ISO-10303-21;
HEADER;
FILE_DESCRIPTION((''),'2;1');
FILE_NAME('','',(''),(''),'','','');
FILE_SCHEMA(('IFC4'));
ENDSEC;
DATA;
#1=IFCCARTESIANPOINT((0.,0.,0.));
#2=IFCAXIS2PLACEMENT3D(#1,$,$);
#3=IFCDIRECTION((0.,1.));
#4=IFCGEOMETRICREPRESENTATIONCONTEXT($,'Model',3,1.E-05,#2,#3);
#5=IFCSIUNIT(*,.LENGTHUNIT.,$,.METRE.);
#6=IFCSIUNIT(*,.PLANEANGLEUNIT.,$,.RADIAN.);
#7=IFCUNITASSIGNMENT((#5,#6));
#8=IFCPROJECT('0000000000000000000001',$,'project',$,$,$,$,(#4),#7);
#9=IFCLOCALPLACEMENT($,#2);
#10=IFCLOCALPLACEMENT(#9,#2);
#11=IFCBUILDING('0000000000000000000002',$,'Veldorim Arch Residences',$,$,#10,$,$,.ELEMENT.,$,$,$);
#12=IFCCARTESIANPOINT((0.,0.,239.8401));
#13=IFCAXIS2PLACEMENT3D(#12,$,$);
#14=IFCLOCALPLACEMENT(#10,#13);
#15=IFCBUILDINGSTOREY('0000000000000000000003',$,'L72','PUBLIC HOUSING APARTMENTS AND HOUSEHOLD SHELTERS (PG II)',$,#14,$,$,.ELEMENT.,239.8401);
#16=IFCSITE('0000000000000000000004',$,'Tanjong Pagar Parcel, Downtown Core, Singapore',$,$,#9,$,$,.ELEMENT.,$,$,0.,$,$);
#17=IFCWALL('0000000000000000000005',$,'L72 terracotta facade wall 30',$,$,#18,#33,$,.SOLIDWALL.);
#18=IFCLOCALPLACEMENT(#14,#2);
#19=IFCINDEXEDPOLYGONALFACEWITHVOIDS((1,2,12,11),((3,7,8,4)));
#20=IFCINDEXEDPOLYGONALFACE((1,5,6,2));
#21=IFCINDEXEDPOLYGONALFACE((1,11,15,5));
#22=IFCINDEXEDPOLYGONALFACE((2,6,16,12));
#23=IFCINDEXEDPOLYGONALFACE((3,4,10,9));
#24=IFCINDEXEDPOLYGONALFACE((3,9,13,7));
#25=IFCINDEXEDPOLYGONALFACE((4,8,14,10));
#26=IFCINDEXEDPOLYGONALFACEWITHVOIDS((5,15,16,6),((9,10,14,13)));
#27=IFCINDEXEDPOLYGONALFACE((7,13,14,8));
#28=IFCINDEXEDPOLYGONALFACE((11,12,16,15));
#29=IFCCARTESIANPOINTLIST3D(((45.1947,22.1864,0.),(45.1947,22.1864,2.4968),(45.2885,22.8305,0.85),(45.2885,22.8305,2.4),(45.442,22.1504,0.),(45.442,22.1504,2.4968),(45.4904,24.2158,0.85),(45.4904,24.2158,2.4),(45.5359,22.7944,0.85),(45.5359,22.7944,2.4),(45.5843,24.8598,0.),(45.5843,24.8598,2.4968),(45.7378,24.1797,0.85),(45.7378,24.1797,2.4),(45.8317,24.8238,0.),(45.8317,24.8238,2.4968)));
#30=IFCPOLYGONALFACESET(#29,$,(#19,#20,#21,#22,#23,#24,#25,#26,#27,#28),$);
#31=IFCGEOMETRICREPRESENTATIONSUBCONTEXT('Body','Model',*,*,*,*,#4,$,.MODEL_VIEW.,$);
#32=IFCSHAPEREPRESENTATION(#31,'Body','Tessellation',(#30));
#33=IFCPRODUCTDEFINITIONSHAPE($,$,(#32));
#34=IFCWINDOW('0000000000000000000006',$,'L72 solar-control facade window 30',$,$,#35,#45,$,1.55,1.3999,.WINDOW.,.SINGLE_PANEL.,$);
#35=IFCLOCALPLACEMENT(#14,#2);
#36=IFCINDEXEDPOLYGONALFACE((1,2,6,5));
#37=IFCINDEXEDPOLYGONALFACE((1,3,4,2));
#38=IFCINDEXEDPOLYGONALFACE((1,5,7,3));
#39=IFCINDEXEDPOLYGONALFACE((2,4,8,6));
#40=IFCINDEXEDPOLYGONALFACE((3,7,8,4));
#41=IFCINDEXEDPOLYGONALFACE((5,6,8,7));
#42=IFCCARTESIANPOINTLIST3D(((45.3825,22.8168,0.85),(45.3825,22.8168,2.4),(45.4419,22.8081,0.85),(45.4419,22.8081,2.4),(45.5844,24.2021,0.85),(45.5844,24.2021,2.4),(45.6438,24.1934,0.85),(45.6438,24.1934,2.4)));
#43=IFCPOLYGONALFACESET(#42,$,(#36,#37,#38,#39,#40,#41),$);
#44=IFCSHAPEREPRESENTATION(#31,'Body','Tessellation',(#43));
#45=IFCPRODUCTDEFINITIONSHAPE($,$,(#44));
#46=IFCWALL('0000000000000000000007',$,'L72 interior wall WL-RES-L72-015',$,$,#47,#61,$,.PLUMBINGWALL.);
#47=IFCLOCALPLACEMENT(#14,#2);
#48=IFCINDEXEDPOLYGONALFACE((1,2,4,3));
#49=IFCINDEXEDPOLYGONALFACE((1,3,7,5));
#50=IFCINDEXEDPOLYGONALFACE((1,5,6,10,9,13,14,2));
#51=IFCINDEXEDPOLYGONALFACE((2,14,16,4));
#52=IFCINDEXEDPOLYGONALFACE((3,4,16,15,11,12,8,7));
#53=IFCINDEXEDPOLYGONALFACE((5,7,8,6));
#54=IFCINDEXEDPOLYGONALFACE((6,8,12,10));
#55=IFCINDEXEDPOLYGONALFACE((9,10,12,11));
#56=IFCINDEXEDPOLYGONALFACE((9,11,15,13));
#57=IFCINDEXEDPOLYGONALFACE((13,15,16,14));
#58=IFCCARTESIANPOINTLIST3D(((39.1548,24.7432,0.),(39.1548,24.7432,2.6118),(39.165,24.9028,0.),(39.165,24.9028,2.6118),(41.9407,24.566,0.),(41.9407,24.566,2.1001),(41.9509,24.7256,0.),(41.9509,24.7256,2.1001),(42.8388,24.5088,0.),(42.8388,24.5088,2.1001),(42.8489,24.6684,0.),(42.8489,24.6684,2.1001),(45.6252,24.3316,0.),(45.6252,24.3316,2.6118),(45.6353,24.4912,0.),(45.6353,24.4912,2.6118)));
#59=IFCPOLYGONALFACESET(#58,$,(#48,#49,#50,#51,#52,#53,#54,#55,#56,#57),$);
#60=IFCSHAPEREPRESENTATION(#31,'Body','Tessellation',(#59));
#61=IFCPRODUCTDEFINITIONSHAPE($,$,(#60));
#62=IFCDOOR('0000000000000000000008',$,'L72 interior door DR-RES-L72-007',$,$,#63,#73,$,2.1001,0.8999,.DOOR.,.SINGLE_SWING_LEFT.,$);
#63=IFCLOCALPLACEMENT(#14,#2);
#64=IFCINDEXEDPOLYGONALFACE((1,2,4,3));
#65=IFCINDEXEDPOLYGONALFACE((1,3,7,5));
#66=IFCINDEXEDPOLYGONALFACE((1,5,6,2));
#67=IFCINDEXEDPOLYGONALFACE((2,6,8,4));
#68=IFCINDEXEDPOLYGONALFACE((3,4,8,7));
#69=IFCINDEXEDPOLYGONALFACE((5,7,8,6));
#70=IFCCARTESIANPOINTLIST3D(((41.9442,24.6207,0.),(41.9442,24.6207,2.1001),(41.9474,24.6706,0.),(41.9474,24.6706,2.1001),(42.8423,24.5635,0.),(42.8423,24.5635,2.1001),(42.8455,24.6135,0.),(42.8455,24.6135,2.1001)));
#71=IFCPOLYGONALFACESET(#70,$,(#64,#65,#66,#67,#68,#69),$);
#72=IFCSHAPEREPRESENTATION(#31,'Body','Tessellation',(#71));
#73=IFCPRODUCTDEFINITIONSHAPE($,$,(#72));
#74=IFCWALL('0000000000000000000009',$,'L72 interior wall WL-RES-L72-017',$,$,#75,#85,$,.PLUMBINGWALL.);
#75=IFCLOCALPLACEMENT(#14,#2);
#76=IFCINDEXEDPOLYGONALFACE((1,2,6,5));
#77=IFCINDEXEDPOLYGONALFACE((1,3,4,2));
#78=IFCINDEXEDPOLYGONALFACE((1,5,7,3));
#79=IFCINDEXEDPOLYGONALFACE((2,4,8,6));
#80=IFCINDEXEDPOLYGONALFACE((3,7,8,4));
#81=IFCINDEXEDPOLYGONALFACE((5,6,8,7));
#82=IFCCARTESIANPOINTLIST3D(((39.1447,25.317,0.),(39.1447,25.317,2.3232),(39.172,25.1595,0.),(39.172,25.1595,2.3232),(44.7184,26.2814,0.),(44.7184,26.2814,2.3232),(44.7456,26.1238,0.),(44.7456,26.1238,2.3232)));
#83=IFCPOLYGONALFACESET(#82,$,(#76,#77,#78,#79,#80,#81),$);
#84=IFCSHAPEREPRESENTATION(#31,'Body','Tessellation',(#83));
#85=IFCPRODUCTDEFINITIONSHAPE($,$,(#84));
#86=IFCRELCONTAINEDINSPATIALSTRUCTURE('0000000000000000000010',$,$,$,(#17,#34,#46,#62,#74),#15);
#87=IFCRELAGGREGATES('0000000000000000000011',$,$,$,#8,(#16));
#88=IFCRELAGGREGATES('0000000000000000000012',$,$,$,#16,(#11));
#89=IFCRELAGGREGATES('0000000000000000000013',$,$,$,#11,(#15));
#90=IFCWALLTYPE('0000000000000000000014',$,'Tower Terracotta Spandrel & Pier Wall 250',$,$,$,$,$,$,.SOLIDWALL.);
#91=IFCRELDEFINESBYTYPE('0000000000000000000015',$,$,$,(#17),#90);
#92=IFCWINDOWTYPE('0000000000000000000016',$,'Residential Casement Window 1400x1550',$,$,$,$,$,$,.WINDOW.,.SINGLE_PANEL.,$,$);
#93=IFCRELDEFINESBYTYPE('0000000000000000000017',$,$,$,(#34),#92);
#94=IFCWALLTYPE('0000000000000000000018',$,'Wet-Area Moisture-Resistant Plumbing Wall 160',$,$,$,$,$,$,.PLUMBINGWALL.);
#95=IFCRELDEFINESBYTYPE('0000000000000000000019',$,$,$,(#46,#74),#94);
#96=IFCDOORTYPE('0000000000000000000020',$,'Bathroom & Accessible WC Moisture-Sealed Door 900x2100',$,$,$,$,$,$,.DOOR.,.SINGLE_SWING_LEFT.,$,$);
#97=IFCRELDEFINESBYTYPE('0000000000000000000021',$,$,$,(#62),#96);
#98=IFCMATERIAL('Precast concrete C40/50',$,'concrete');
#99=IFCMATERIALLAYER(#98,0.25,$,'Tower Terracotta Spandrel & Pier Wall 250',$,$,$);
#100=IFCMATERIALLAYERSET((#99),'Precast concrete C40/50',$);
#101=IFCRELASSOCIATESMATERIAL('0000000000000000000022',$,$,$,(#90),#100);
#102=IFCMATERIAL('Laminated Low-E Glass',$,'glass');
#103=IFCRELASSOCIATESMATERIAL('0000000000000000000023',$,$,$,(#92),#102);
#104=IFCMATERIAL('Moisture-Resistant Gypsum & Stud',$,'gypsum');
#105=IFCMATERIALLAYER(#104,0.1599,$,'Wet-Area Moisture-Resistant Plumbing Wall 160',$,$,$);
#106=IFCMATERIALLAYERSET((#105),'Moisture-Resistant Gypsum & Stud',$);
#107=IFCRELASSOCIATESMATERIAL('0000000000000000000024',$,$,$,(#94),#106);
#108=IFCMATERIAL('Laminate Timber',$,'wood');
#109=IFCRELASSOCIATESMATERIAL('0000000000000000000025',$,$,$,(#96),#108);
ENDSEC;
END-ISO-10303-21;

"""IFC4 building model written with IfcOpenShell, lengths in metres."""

from ifc_helpers import new_model, si_unit, direction, frame, frame_2d, origin, place, context, subcontext, project, spatial, rectangle, extrude, material, layer, layer_set, type_object, element, fill, save


model = new_model("IFC4")

# Units and contexts
model_context = context("Model", 3, precision=1e-05, world=origin(), true_north=direction((0.0, 1.0)))
body_context = subcontext(model_context, "Body", "Model", "MODEL_VIEW")
ifc_project = project(units=[si_unit("LENGTHUNIT", "METRE"), si_unit("PLANEANGLEUNIT", "RADIAN")], contexts=[model_context])

# Site, building, storey
site_placement = place(None, origin())
site = spatial("IfcSite", under=ifc_project, at=site_placement, Name="Tanjong Pagar Parcel, Downtown Core, Singapore", CompositionType="ELEMENT", RefElevation=0.0)
building_placement = place(site_placement, origin())
building = spatial("IfcBuilding", under=site, at=building_placement, Name="Veldorim Arch Residences", CompositionType="ELEMENT")
storey_placement = place(building_placement, frame((0.0, 0.0, 239.8401)))
storey = spatial("IfcBuildingStorey", under=building, at=storey_placement, Name="L72", Description="PUBLIC HOUSING APARTMENTS AND HOUSEHOLD SHELTERS (PG II)", CompositionType="ELEMENT", Elevation=239.8401)

# Wall, opening, window
ifc_material_1 = material(Name="Precast concrete C40/50", Category="concrete")
ifc_layer_1 = layer(ifc_material_1, 0.25, Name="Tower Terracotta Spandrel & Pier Wall 250")
ifc_layer_set_1 = layer_set([ifc_layer_1], Name="Precast concrete C40/50")
wall_type_1 = type_object("IfcWallType", Name="Tower Terracotta Spandrel & Pier Wall 250", PredefinedType="SOLIDWALL", material=ifc_layer_set_1)
wall_1_placement = place(storey_placement, frame((45.708, 24.8418, 0.0), z_axis=(0.0, 0.0, 1.0), x_axis=(-0.144229, -0.989544, 0.0)))
wall_1 = element("IfcWall", 1, at=wall_1_placement, inside=storey, type_object=wall_type_1, Name="L72 terracotta facade wall 30", PredefinedType="SOLIDWALL", context=body_context, shape_type="SweptSolid", body=[
    extrude(rectangle(XDim=2.7017, YDim=0.25, at=frame_2d((1.3508, 0.0))), origin(), (0.0, 0.0, 1.0), 2.4968),
])
opening_1_placement = place(wall_1_placement, frame((0.6509, 0.0, 0.8501)))
opening_1 = element("IfcOpeningElement", 2, at=opening_1_placement, cuts=wall_1, PredefinedType="OPENING", context=body_context, shape_type="SweptSolid", body=[
    extrude(rectangle(XDim=1.3999, YDim=1.55, at=frame_2d((0.7, 0.7749))), frame((0.0, 0.135, 0.0), z_axis=(0.0, -1.0, 0.0), x_axis=(1.0, 0.0, 0.0)), (0.0, 0.0, 1.0), 0.27),
])
ifc_material_2 = material(Name="Laminated Low-E Glass", Category="glass")
window_type_1 = type_object("IfcWindowType", Name="Residential Casement Window 1400x1550", PartitioningType="SINGLE_PANEL", PredefinedType="WINDOW", material=ifc_material_2)
window_1_placement = place(opening_1_placement, origin())
window_1 = element("IfcWindow", 3, at=window_1_placement, inside=storey, type_object=window_type_1, Name="L72 solar-control facade window 30", OverallHeight=1.55, OverallWidth=1.3999, PartitioningType="SINGLE_PANEL", PredefinedType="WINDOW", context=body_context, shape_type="SweptSolid", body=[
    extrude(rectangle(XDim=1.3999, YDim=1.55, at=frame_2d((0.7, 0.7749))), frame((0.0, 0.03, 0.0), z_axis=(0.0, -1.0, 0.0), x_axis=(1.0, 0.0, 0.0)), (0.0, 0.0, 1.0), 0.0601),
])
fill(opening_1, window_1)

# Wall, opening, door
ifc_material_3 = material(Name="Moisture-Resistant Gypsum & Stud", Category="gypsum")
ifc_layer_2 = layer(ifc_material_3, 0.1599, Name="Wet-Area Moisture-Resistant Plumbing Wall 160")
ifc_layer_set_2 = layer_set([ifc_layer_2], Name="Moisture-Resistant Gypsum & Stud")
wall_type_2 = type_object("IfcWallType", Name="Wet-Area Moisture-Resistant Plumbing Wall 160", PredefinedType="PLUMBINGWALL", material=ifc_layer_set_2)
wall_2_placement = place(storey_placement, frame((39.1599, 24.823, 0.0), z_axis=(0.0, 0.0, 1.0), x_axis=(0.997983, -0.063489, 0.0)))
wall_2 = element("IfcWall", 4, at=wall_2_placement, inside=storey, type_object=wall_type_2, Name="L72 interior wall WL-RES-L72-015", PredefinedType="PLUMBINGWALL", context=body_context, shape_type="SweptSolid", body=[
    extrude(rectangle(XDim=6.4834, YDim=0.1599, at=frame_2d((3.2417, 0.0))), origin(), (0.0, 0.0, 1.0), 2.6118),
])
opening_2_placement = place(wall_2_placement, frame((2.7915, 0.0, 0.0)))
opening_2 = element("IfcOpeningElement", 5, at=opening_2_placement, cuts=wall_2, PredefinedType="OPENING", context=body_context, shape_type="SweptSolid", body=[
    extrude(rectangle(XDim=0.8999, YDim=2.1001, at=frame_2d((0.45, 1.05))), frame((0.0, 0.0898, 0.0), z_axis=(0.0, -1.0, 0.0), x_axis=(1.0, 0.0, 0.0)), (0.0, 0.0, 1.0), 0.1799),
])
ifc_material_4 = material(Name="Laminate Timber", Category="wood")
door_type_1 = type_object("IfcDoorType", Name="Bathroom & Accessible WC Moisture-Sealed Door 900x2100", OperationType="SINGLE_SWING_LEFT", PredefinedType="DOOR", material=ifc_material_4)
door_1_placement = place(opening_2_placement, origin())
door_1 = element("IfcDoor", 6, at=door_1_placement, inside=storey, type_object=door_type_1, Name="L72 interior door DR-RES-L72-007", OperationType="SINGLE_SWING_LEFT", OverallHeight=2.1001, OverallWidth=0.8999, PredefinedType="DOOR", context=body_context, shape_type="SweptSolid", body=[
    extrude(rectangle(XDim=0.8999, YDim=2.1001, at=frame_2d((0.45, 1.05))), frame((0.0, 0.0249, 0.0), z_axis=(0.0, -1.0, 0.0), x_axis=(1.0, 0.0, 0.0)), (0.0, 0.0, 1.0), 0.05),
])
fill(opening_2, door_1)

# Wall
wall_3_placement = place(storey_placement, frame((39.1584, 25.2383, 0.0), z_axis=(0.0, 0.0, 1.0), x_axis=(0.98536, 0.170485, 0.0)))
element("IfcWall", 7, at=wall_3_placement, inside=storey, type_object=wall_type_2, Name="L72 interior wall WL-RES-L72-017", PredefinedType="PLUMBINGWALL", context=body_context, shape_type="SweptSolid", body=[
    extrude(rectangle(XDim=5.6565, YDim=0.1599, at=frame_2d((2.8281, 0.0))), origin(), (0.0, 0.0, 1.0), 2.3232),
])

save(model, "model.ifc")
